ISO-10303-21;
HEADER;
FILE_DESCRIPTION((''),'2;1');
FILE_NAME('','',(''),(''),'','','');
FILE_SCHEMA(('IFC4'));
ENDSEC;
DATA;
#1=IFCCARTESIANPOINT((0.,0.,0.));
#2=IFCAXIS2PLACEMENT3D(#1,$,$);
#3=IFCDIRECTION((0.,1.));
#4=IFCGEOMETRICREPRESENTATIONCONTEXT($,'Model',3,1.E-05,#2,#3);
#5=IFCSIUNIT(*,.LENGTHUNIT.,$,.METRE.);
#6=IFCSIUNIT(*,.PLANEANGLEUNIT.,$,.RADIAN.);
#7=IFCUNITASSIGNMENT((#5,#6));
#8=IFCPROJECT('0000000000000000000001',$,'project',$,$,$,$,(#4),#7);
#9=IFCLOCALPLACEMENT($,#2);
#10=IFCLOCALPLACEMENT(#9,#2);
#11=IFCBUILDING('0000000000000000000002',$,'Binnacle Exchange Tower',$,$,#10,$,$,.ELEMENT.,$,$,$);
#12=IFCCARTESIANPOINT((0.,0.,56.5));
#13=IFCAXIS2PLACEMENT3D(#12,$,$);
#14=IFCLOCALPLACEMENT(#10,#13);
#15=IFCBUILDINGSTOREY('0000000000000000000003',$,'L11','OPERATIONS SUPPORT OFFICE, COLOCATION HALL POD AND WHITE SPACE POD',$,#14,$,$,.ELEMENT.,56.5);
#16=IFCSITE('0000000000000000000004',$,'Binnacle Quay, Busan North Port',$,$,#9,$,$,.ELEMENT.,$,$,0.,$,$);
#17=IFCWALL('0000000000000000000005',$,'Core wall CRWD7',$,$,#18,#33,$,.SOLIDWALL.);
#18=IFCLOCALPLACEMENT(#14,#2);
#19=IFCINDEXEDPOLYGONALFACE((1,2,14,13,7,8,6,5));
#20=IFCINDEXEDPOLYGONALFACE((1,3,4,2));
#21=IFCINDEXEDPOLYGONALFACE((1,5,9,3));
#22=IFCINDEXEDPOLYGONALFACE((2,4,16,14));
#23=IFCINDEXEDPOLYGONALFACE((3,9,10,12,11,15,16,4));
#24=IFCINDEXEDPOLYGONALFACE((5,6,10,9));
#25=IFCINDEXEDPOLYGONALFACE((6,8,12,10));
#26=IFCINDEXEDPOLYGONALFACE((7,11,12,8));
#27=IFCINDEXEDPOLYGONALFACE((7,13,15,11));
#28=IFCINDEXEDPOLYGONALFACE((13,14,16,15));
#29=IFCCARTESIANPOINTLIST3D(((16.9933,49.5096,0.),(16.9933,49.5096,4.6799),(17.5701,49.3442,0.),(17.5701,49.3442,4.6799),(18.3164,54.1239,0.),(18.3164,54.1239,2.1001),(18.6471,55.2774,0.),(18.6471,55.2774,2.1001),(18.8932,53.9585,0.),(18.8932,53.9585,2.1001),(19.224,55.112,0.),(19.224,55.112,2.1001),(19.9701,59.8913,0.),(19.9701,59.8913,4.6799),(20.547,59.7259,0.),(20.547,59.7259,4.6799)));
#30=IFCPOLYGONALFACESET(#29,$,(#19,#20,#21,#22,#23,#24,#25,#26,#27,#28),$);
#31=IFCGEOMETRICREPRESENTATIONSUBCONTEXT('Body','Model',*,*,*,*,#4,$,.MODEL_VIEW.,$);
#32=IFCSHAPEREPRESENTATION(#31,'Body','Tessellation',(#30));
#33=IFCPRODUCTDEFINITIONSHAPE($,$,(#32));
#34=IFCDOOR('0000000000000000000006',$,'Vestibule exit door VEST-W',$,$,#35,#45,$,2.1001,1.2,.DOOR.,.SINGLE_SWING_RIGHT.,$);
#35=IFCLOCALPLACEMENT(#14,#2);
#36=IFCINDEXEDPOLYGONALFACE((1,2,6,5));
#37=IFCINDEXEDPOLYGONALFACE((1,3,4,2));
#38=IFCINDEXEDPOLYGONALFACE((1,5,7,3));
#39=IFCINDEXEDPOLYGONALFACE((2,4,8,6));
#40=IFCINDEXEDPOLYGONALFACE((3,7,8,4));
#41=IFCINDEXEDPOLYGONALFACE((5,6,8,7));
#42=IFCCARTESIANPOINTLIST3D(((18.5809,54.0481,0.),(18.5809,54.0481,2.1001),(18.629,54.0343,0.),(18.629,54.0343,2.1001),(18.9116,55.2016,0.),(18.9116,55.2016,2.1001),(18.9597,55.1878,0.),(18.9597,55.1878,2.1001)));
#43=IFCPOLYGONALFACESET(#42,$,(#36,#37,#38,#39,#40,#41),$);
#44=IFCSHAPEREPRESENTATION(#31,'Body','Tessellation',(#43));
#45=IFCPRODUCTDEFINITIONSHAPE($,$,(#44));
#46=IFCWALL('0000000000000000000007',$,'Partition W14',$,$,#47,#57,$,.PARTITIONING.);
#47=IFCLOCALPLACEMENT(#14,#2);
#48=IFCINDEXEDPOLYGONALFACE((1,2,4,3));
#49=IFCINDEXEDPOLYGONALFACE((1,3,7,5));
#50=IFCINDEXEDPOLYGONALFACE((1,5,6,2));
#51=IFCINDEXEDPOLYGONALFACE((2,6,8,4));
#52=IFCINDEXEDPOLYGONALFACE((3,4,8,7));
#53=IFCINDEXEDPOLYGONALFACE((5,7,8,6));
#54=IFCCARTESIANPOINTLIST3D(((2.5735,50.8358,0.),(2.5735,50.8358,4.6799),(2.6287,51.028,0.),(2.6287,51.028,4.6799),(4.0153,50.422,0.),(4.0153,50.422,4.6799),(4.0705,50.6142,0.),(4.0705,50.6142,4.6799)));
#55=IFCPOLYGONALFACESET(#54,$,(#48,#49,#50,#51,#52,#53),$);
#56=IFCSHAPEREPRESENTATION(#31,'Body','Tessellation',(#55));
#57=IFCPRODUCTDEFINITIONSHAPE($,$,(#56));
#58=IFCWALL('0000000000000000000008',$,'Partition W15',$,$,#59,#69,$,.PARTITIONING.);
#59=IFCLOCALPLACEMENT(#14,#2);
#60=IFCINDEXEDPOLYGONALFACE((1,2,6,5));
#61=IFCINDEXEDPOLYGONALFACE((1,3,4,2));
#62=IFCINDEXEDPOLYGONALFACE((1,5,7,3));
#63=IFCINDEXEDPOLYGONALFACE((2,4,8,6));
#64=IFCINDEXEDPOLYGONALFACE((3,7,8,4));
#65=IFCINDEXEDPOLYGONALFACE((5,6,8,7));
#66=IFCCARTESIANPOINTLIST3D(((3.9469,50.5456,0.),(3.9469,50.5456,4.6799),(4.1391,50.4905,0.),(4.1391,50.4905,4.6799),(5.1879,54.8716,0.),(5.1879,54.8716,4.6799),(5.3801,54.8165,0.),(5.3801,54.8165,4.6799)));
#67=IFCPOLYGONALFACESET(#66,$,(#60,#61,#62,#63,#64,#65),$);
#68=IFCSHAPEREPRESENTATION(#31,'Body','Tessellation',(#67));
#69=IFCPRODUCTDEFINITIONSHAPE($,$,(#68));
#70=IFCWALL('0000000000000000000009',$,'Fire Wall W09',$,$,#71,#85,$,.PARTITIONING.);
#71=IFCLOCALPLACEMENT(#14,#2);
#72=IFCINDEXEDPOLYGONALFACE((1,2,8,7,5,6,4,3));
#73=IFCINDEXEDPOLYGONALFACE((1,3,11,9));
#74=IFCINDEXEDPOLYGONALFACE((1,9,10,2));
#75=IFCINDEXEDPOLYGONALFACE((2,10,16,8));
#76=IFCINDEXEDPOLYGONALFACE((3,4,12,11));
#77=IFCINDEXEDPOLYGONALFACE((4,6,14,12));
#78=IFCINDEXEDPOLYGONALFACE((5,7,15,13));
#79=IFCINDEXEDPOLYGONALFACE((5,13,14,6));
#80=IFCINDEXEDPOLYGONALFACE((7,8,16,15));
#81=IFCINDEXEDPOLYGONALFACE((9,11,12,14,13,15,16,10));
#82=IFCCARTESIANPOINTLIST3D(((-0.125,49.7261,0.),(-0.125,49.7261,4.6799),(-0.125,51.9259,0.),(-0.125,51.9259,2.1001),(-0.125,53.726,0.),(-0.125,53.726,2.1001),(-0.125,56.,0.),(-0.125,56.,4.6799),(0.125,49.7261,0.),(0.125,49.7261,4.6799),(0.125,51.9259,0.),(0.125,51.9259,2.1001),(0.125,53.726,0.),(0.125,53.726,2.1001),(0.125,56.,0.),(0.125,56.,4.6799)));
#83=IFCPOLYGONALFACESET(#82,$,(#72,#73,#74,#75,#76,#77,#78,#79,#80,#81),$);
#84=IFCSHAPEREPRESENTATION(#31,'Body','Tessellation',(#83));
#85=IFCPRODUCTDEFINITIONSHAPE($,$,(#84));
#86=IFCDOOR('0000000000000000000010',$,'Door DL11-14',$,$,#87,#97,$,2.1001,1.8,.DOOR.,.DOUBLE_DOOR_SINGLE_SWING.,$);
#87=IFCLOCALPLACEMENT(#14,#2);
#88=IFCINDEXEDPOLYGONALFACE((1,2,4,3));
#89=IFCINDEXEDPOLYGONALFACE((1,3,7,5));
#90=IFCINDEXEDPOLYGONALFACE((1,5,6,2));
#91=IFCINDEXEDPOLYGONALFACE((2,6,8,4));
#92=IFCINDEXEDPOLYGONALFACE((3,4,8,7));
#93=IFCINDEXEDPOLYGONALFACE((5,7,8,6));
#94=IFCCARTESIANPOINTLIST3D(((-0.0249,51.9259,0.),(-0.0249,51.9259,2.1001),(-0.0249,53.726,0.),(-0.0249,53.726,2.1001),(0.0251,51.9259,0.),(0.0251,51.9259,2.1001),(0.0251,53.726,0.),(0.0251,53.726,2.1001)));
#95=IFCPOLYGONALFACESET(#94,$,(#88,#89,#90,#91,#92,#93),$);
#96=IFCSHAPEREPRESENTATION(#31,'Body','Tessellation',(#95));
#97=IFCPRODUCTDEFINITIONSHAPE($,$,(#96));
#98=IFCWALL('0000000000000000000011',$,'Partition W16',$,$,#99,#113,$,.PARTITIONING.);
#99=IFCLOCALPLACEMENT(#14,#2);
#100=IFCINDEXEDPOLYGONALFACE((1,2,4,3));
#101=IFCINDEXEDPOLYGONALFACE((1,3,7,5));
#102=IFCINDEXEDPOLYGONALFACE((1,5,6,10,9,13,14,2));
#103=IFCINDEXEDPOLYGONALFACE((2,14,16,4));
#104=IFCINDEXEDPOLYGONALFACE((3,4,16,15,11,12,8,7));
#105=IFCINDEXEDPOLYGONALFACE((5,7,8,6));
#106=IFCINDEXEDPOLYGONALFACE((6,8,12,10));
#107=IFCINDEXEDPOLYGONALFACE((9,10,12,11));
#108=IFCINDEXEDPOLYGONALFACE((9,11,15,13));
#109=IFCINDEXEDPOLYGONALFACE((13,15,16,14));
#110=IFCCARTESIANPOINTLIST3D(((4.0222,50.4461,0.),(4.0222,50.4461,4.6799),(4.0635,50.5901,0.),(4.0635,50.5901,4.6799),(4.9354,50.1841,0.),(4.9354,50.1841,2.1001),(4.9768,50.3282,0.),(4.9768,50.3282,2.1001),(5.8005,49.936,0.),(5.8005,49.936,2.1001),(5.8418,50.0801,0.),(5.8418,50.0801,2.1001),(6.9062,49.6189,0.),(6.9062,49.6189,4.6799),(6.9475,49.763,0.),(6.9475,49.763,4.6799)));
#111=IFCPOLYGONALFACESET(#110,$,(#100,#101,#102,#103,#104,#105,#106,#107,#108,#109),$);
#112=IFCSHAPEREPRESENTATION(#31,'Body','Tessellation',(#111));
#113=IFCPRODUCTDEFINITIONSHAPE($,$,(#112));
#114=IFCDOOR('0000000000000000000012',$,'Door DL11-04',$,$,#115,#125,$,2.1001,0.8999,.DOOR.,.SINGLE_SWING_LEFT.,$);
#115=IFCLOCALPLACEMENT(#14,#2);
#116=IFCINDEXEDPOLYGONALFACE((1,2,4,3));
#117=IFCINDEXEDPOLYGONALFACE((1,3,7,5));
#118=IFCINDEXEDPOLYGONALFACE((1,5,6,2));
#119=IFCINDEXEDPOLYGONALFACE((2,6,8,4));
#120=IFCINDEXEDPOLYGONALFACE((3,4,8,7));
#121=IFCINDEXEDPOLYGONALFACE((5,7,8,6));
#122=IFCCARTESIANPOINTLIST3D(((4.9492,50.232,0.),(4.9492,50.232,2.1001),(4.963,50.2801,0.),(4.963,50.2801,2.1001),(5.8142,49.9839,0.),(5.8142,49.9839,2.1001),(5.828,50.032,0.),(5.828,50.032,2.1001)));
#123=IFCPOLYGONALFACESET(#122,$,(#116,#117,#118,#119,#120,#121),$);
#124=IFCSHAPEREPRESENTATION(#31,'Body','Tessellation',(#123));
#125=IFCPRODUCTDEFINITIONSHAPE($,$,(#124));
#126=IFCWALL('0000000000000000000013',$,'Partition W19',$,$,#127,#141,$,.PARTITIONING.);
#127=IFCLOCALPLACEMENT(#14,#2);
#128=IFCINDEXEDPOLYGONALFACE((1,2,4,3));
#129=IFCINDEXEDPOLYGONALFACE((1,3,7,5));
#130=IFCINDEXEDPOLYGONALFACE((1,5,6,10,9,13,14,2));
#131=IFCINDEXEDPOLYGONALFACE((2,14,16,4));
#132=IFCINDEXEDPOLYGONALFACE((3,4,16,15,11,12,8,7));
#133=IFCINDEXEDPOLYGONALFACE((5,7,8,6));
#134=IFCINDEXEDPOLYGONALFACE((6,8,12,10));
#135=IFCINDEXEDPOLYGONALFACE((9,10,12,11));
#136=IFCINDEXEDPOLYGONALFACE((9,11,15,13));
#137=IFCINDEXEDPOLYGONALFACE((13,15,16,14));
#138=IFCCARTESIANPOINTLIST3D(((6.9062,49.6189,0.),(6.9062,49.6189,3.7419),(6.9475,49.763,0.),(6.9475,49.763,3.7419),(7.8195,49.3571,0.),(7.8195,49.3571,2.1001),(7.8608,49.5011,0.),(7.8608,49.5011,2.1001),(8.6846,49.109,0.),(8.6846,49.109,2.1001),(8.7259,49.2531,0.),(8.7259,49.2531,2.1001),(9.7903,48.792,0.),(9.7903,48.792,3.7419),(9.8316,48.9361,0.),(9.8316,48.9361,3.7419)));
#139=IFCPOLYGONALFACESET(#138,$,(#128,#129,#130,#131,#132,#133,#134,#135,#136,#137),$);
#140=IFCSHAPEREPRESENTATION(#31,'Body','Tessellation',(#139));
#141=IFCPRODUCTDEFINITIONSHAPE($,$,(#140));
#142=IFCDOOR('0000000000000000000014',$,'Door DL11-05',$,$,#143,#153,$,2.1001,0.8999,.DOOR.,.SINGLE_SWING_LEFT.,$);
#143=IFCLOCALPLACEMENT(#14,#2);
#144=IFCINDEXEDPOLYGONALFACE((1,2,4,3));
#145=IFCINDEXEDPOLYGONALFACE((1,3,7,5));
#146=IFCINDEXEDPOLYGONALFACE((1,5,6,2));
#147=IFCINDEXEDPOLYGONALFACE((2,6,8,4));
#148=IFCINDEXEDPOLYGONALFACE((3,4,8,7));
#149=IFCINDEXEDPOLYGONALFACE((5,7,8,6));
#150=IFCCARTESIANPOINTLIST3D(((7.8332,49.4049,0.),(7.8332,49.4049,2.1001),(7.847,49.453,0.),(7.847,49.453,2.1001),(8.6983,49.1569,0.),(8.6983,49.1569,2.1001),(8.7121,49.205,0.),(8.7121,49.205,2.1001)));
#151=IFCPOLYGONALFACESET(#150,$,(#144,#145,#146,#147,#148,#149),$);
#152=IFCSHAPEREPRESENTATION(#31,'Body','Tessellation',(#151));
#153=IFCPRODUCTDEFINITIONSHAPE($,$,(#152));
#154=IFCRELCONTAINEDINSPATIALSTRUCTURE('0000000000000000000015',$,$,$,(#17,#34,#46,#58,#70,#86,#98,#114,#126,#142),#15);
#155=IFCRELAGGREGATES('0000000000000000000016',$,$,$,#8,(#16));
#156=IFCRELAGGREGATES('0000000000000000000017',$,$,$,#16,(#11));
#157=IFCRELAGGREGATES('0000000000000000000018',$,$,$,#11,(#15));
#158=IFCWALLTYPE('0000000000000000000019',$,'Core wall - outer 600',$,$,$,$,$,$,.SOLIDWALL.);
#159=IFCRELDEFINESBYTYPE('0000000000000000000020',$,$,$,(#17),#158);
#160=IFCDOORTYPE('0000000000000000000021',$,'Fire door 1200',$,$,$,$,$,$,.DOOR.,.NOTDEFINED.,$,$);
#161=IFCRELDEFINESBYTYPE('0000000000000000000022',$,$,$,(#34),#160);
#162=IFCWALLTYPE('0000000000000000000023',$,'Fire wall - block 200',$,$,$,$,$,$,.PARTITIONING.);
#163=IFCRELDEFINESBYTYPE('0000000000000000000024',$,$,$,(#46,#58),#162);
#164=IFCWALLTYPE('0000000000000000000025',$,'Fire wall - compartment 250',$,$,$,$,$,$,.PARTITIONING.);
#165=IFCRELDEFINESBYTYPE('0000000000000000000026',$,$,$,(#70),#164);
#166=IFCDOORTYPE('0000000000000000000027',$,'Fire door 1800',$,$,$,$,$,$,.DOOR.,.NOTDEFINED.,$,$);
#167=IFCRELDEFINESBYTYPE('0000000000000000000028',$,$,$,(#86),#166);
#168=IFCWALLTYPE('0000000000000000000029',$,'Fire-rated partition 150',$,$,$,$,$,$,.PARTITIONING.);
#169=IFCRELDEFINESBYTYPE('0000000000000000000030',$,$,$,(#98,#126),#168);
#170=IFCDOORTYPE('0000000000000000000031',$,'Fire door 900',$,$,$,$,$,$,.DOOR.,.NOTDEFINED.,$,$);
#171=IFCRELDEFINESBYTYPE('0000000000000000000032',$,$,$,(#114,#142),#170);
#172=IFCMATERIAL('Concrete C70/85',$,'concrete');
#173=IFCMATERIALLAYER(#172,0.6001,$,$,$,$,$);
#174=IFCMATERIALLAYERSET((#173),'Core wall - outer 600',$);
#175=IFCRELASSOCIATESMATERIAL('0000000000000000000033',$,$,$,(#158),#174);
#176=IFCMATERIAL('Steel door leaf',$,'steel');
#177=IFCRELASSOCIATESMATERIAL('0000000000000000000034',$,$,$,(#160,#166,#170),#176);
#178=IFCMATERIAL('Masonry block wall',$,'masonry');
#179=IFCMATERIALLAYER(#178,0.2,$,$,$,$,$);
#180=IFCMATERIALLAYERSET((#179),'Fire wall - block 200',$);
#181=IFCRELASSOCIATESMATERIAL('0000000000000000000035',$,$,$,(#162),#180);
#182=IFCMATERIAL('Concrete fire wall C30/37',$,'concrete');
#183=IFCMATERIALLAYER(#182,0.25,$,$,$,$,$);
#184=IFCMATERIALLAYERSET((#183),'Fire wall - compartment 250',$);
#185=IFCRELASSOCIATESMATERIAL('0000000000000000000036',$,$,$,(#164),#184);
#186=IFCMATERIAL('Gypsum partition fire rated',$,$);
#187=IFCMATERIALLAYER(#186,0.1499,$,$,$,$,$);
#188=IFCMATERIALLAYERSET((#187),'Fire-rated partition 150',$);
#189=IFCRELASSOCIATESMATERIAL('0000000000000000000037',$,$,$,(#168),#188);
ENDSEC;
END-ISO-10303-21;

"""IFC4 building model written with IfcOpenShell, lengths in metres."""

from ifc_helpers import new_model, si_unit, direction, frame, frame_2d, origin, place, context, subcontext, project, spatial, rectangle, extrude, material, layer, layer_set, type_object, element, fill, save


model = new_model("IFC4")

# Units and contexts
model_context = context("Model", 3, precision=1e-05, world=origin(), true_north=direction((0.0, 1.0)))
body_context = subcontext(model_context, "Body", "Model", "MODEL_VIEW")
ifc_project = project(units=[si_unit("LENGTHUNIT", "METRE"), si_unit("PLANEANGLEUNIT", "RADIAN")], contexts=[model_context])

# Site, building, storey
site_placement = place(None, origin())
site = spatial("IfcSite", under=ifc_project, at=site_placement, Name="Binnacle Quay, Busan North Port", CompositionType="ELEMENT", RefElevation=0.0)
building_placement = place(site_placement, origin())
building = spatial("IfcBuilding", under=site, at=building_placement, Name="Binnacle Exchange Tower", CompositionType="ELEMENT")
storey_placement = place(building_placement, frame((0.0, 0.0, 56.5)))
storey = spatial("IfcBuildingStorey", under=building, at=storey_placement, Name="L11", Description="OPERATIONS SUPPORT OFFICE, COLOCATION HALL POD AND WHITE SPACE POD", CompositionType="ELEMENT", Elevation=56.5)

# Shared definitions
ifc_material_1 = material(Name="Concrete C70/85", Category="concrete")

# Shared definitions
ifc_layer_1 = layer(ifc_material_1, 0.6001)
ifc_layer_set_1 = layer_set([ifc_layer_1], Name="Core wall - outer 600")
wall_type_1 = type_object("IfcWallType", Name="Core wall - outer 600", PredefinedType="SOLIDWALL", material=ifc_layer_set_1)

# Wall, opening, door
wall_1_placement = place(storey_placement, frame((17.2817, 49.427, 0.0), z_axis=(0.0, 0.0, 1.0), x_axis=(0.275632, 0.961263, 0.0)))
wall_1 = element("IfcWall", 1, at=wall_1_placement, inside=storey, type_object=wall_type_1, Name="Core wall CRWD7", PredefinedType="SOLIDWALL", context=body_context, shape_type="SweptSolid", body=[
    extrude(rectangle(XDim=10.8, YDim=0.6001, at=frame_2d((5.3999, 0.0))), origin(), (0.0, 0.0, 1.0), 4.6799),
])
opening_1_placement = place(wall_1_placement, frame((4.8, 0.0, 0.0)))
opening_1 = element("IfcOpeningElement", 2, at=opening_1_placement, cuts=wall_1, PredefinedType="OPENING", context=body_context, shape_type="SweptSolid", body=[
    extrude(rectangle(XDim=1.2, YDim=2.1001, at=frame_2d((0.6001, 1.05))), frame((0.0, 0.3101, 0.0), z_axis=(0.0, -1.0, 0.0), x_axis=(1.0, 0.0, 0.0)), (0.0, 0.0, 1.0), 0.6201),
])
ifc_material_2 = material(Name="Steel door leaf", Category="steel")
door_type_1 = type_object("IfcDoorType", Name="Fire door 1200", OperationType="NOTDEFINED", PredefinedType="DOOR", material=ifc_material_2)
door_1_placement = place(opening_1_placement, origin())
door_1 = element("IfcDoor", 3, at=door_1_placement, inside=storey, type_object=door_type_1, Name="Vestibule exit door VEST-W", OperationType="SINGLE_SWING_RIGHT", OverallHeight=2.1001, OverallWidth=1.2, PredefinedType="DOOR", context=body_context, shape_type="SweptSolid", body=[
    extrude(rectangle(XDim=1.2, YDim=2.1001, at=frame_2d((0.6001, 1.05))), frame((0.0, 0.0249, 0.0), z_axis=(0.0, -1.0, 0.0), x_axis=(1.0, 0.0, 0.0)), (0.0, 0.0, 1.0), 0.05),
])
fill(opening_1, door_1)

# Walls
ifc_material_3 = material(Name="Masonry block wall", Category="masonry")
ifc_layer_2 = layer(ifc_material_3, 0.2)
ifc_layer_set_2 = layer_set([ifc_layer_2], Name="Fire wall - block 200")
wall_type_2 = type_object("IfcWallType", Name="Fire wall - block 200", PredefinedType="PARTITIONING", material=ifc_layer_set_2)
wall_2_placement = place(storey_placement, frame((2.6011, 50.9319, 0.0), z_axis=(0.0, 0.0, 1.0), x_axis=(0.961198, -0.27586, 0.0)))
element("IfcWall", 4, at=wall_2_placement, inside=storey, type_object=wall_type_2, Name="Partition W14", PredefinedType="PARTITIONING", context=body_context, shape_type="SweptSolid", body=[
    extrude(rectangle(XDim=1.5, YDim=0.2, at=frame_2d((0.75, 0.0))), origin(), (0.0, 0.0, 1.0), 4.6799),
])
wall_3_placement = place(storey_placement, frame((4.043, 50.5181, 0.0), z_axis=(0.0, 0.0, 1.0), x_axis=(0.275746, 0.961231, 0.0)))
element("IfcWall", 5, at=wall_3_placement, inside=storey, type_object=wall_type_2, Name="Partition W15", PredefinedType="PARTITIONING", context=body_context, shape_type="SweptSolid", body=[
    extrude(rectangle(XDim=4.5005, YDim=0.2, at=frame_2d((2.2502, 0.0))), origin(), (0.0, 0.0, 1.0), 4.6799),
])

# Walls, openings, doors
ifc_material_4 = material(Name="Concrete fire wall C30/37", Category="concrete")
ifc_layer_3 = layer(ifc_material_4, 0.25)
ifc_layer_set_3 = layer_set([ifc_layer_3], Name="Fire wall - compartment 250")
wall_type_3 = type_object("IfcWallType", Name="Fire wall - compartment 250", PredefinedType="PARTITIONING", material=ifc_layer_set_3)
wall_4_placement = place(storey_placement, frame((0.0, 49.7261, 0.0), z_axis=(0.0, 0.0, 1.0), x_axis=(0.0, 1.0, 0.0)))
wall_4 = element("IfcWall", 6, at=wall_4_placement, inside=storey, type_object=wall_type_3, Name="Fire Wall W09", PredefinedType="PARTITIONING", context=body_context, shape_type="SweptSolid", body=[
    extrude(rectangle(XDim=6.2739, YDim=0.25, at=frame_2d((3.137, 0.0))), origin(), (0.0, 0.0, 1.0), 4.6799),
])
opening_2_placement = place(wall_4_placement, frame((2.2, 0.0, 0.0)))
opening_2 = element("IfcOpeningElement", 7, at=opening_2_placement, cuts=wall_4, PredefinedType="OPENING", context=body_context, shape_type="SweptSolid", body=[
    extrude(rectangle(XDim=1.8, YDim=2.1001, at=frame_2d((0.8999, 1.05))), frame((0.0, 0.135, 0.0), z_axis=(0.0, -1.0, 0.0), x_axis=(1.0, 0.0, 0.0)), (0.0, 0.0, 1.0), 0.27),
])
door_type_2 = type_object("IfcDoorType", Name="Fire door 1800", OperationType="NOTDEFINED", PredefinedType="DOOR", material=ifc_material_2)
door_2_placement = place(opening_2_placement, origin())
door_2 = element("IfcDoor", 8, at=door_2_placement, inside=storey, type_object=door_type_2, Name="Door DL11-14", OperationType="DOUBLE_DOOR_SINGLE_SWING", OverallHeight=2.1001, OverallWidth=1.8, PredefinedType="DOOR", context=body_context, shape_type="SweptSolid", body=[
    extrude(rectangle(XDim=1.8, YDim=2.1001, at=frame_2d((0.8999, 1.05))), frame((0.0, 0.0249, 0.0), z_axis=(0.0, -1.0, 0.0), x_axis=(1.0, 0.0, 0.0)), (0.0, 0.0, 1.0), 0.05),
])
fill(opening_2, door_2)
ifc_material_5 = material(Name="Gypsum partition fire rated")
ifc_layer_4 = layer(ifc_material_5, 0.1499)
ifc_layer_set_4 = layer_set([ifc_layer_4], Name="Fire-rated partition 150")
wall_type_4 = type_object("IfcWallType", Name="Fire-rated partition 150", PredefinedType="PARTITIONING", material=ifc_layer_set_4)
wall_5_placement = place(storey_placement, frame((4.043, 50.5181, 0.0), z_axis=(0.0, 0.0, 1.0), x_axis=(0.961247, -0.275688, 0.0)))
wall_5 = element("IfcWall", 9, at=wall_5_placement, inside=storey, type_object=wall_type_4, Name="Partition W16", PredefinedType="PARTITIONING", context=body_context, shape_type="SweptSolid", body=[
    extrude(rectangle(XDim=3.0002, YDim=0.1499, at=frame_2d((1.5, 0.0))), origin(), (0.0, 0.0, 1.0), 4.6799),
])
opening_3_placement = place(wall_5_placement, frame((0.95, 0.0, 0.0)))
opening_3 = element("IfcOpeningElement", 10, at=opening_3_placement, cuts=wall_5, PredefinedType="OPENING", context=body_context, shape_type="SweptSolid", body=[
    extrude(rectangle(XDim=0.8999, YDim=2.1001, at=frame_2d((0.45, 1.05))), frame((0.0, 0.085, 0.0), z_axis=(0.0, -1.0, 0.0), x_axis=(1.0, 0.0, 0.0)), (0.0, 0.0, 1.0), 0.1699),
])
door_type_3 = type_object("IfcDoorType", Name="Fire door 900", OperationType="NOTDEFINED", PredefinedType="DOOR", material=ifc_material_2)
door_3_placement = place(opening_3_placement, origin())
door_3 = element("IfcDoor", 11, at=door_3_placement, inside=storey, type_object=door_type_3, Name="Door DL11-04", OperationType="SINGLE_SWING_LEFT", OverallHeight=2.1001, OverallWidth=0.8999, PredefinedType="DOOR", context=body_context, shape_type="SweptSolid", body=[
    extrude(rectangle(XDim=0.8999, YDim=2.1001, at=frame_2d((0.45, 1.05))), frame((0.0, 0.0249, 0.0), z_axis=(0.0, -1.0, 0.0), x_axis=(1.0, 0.0, 0.0)), (0.0, 0.0, 1.0), 0.05),
])
fill(opening_3, door_3)
wall_6_placement = place(storey_placement, frame((6.927, 49.6909, 0.0), z_axis=(0.0, 0.0, 1.0), x_axis=(0.961269, -0.275613, 0.0)))
wall_6 = element("IfcWall", 12, at=wall_6_placement, inside=storey, type_object=wall_type_4, Name="Partition W19", PredefinedType="PARTITIONING", context=body_context, shape_type="SweptSolid", body=[
    extrude(rectangle(XDim=3.0002, YDim=0.1499, at=frame_2d((1.5, 0.0))), origin(), (0.0, 0.0, 1.0), 3.7419),
])
opening_4_placement = place(wall_6_placement, frame((0.95, 0.0, 0.0)))
opening_4 = element("IfcOpeningElement", 13, at=opening_4_placement, cuts=wall_6, PredefinedType="OPENING", context=body_context, shape_type="SweptSolid", body=[
    extrude(rectangle(XDim=0.8999, YDim=2.1001, at=frame_2d((0.45, 1.05))), frame((0.0, 0.085, 0.0), z_axis=(0.0, -1.0, 0.0), x_axis=(1.0, 0.0, 0.0)), (0.0, 0.0, 1.0), 0.1699),
])
door_4_placement = place(opening_4_placement, origin())
door_4 = element("IfcDoor", 14, at=door_4_placement, inside=storey, type_object=door_type_3, Name="Door DL11-05", OperationType="SINGLE_SWING_LEFT", OverallHeight=2.1001, OverallWidth=0.8999, PredefinedType="DOOR", context=body_context, shape_type="SweptSolid", body=[
    extrude(rectangle(XDim=0.8999, YDim=2.1001, at=frame_2d((0.45, 1.05))), frame((0.0, 0.0249, 0.0), z_axis=(0.0, -1.0, 0.0), x_axis=(1.0, 0.0, 0.0)), (0.0, 0.0, 1.0), 0.05),
])
fill(opening_4, door_4)

save(model, "model.ifc")
